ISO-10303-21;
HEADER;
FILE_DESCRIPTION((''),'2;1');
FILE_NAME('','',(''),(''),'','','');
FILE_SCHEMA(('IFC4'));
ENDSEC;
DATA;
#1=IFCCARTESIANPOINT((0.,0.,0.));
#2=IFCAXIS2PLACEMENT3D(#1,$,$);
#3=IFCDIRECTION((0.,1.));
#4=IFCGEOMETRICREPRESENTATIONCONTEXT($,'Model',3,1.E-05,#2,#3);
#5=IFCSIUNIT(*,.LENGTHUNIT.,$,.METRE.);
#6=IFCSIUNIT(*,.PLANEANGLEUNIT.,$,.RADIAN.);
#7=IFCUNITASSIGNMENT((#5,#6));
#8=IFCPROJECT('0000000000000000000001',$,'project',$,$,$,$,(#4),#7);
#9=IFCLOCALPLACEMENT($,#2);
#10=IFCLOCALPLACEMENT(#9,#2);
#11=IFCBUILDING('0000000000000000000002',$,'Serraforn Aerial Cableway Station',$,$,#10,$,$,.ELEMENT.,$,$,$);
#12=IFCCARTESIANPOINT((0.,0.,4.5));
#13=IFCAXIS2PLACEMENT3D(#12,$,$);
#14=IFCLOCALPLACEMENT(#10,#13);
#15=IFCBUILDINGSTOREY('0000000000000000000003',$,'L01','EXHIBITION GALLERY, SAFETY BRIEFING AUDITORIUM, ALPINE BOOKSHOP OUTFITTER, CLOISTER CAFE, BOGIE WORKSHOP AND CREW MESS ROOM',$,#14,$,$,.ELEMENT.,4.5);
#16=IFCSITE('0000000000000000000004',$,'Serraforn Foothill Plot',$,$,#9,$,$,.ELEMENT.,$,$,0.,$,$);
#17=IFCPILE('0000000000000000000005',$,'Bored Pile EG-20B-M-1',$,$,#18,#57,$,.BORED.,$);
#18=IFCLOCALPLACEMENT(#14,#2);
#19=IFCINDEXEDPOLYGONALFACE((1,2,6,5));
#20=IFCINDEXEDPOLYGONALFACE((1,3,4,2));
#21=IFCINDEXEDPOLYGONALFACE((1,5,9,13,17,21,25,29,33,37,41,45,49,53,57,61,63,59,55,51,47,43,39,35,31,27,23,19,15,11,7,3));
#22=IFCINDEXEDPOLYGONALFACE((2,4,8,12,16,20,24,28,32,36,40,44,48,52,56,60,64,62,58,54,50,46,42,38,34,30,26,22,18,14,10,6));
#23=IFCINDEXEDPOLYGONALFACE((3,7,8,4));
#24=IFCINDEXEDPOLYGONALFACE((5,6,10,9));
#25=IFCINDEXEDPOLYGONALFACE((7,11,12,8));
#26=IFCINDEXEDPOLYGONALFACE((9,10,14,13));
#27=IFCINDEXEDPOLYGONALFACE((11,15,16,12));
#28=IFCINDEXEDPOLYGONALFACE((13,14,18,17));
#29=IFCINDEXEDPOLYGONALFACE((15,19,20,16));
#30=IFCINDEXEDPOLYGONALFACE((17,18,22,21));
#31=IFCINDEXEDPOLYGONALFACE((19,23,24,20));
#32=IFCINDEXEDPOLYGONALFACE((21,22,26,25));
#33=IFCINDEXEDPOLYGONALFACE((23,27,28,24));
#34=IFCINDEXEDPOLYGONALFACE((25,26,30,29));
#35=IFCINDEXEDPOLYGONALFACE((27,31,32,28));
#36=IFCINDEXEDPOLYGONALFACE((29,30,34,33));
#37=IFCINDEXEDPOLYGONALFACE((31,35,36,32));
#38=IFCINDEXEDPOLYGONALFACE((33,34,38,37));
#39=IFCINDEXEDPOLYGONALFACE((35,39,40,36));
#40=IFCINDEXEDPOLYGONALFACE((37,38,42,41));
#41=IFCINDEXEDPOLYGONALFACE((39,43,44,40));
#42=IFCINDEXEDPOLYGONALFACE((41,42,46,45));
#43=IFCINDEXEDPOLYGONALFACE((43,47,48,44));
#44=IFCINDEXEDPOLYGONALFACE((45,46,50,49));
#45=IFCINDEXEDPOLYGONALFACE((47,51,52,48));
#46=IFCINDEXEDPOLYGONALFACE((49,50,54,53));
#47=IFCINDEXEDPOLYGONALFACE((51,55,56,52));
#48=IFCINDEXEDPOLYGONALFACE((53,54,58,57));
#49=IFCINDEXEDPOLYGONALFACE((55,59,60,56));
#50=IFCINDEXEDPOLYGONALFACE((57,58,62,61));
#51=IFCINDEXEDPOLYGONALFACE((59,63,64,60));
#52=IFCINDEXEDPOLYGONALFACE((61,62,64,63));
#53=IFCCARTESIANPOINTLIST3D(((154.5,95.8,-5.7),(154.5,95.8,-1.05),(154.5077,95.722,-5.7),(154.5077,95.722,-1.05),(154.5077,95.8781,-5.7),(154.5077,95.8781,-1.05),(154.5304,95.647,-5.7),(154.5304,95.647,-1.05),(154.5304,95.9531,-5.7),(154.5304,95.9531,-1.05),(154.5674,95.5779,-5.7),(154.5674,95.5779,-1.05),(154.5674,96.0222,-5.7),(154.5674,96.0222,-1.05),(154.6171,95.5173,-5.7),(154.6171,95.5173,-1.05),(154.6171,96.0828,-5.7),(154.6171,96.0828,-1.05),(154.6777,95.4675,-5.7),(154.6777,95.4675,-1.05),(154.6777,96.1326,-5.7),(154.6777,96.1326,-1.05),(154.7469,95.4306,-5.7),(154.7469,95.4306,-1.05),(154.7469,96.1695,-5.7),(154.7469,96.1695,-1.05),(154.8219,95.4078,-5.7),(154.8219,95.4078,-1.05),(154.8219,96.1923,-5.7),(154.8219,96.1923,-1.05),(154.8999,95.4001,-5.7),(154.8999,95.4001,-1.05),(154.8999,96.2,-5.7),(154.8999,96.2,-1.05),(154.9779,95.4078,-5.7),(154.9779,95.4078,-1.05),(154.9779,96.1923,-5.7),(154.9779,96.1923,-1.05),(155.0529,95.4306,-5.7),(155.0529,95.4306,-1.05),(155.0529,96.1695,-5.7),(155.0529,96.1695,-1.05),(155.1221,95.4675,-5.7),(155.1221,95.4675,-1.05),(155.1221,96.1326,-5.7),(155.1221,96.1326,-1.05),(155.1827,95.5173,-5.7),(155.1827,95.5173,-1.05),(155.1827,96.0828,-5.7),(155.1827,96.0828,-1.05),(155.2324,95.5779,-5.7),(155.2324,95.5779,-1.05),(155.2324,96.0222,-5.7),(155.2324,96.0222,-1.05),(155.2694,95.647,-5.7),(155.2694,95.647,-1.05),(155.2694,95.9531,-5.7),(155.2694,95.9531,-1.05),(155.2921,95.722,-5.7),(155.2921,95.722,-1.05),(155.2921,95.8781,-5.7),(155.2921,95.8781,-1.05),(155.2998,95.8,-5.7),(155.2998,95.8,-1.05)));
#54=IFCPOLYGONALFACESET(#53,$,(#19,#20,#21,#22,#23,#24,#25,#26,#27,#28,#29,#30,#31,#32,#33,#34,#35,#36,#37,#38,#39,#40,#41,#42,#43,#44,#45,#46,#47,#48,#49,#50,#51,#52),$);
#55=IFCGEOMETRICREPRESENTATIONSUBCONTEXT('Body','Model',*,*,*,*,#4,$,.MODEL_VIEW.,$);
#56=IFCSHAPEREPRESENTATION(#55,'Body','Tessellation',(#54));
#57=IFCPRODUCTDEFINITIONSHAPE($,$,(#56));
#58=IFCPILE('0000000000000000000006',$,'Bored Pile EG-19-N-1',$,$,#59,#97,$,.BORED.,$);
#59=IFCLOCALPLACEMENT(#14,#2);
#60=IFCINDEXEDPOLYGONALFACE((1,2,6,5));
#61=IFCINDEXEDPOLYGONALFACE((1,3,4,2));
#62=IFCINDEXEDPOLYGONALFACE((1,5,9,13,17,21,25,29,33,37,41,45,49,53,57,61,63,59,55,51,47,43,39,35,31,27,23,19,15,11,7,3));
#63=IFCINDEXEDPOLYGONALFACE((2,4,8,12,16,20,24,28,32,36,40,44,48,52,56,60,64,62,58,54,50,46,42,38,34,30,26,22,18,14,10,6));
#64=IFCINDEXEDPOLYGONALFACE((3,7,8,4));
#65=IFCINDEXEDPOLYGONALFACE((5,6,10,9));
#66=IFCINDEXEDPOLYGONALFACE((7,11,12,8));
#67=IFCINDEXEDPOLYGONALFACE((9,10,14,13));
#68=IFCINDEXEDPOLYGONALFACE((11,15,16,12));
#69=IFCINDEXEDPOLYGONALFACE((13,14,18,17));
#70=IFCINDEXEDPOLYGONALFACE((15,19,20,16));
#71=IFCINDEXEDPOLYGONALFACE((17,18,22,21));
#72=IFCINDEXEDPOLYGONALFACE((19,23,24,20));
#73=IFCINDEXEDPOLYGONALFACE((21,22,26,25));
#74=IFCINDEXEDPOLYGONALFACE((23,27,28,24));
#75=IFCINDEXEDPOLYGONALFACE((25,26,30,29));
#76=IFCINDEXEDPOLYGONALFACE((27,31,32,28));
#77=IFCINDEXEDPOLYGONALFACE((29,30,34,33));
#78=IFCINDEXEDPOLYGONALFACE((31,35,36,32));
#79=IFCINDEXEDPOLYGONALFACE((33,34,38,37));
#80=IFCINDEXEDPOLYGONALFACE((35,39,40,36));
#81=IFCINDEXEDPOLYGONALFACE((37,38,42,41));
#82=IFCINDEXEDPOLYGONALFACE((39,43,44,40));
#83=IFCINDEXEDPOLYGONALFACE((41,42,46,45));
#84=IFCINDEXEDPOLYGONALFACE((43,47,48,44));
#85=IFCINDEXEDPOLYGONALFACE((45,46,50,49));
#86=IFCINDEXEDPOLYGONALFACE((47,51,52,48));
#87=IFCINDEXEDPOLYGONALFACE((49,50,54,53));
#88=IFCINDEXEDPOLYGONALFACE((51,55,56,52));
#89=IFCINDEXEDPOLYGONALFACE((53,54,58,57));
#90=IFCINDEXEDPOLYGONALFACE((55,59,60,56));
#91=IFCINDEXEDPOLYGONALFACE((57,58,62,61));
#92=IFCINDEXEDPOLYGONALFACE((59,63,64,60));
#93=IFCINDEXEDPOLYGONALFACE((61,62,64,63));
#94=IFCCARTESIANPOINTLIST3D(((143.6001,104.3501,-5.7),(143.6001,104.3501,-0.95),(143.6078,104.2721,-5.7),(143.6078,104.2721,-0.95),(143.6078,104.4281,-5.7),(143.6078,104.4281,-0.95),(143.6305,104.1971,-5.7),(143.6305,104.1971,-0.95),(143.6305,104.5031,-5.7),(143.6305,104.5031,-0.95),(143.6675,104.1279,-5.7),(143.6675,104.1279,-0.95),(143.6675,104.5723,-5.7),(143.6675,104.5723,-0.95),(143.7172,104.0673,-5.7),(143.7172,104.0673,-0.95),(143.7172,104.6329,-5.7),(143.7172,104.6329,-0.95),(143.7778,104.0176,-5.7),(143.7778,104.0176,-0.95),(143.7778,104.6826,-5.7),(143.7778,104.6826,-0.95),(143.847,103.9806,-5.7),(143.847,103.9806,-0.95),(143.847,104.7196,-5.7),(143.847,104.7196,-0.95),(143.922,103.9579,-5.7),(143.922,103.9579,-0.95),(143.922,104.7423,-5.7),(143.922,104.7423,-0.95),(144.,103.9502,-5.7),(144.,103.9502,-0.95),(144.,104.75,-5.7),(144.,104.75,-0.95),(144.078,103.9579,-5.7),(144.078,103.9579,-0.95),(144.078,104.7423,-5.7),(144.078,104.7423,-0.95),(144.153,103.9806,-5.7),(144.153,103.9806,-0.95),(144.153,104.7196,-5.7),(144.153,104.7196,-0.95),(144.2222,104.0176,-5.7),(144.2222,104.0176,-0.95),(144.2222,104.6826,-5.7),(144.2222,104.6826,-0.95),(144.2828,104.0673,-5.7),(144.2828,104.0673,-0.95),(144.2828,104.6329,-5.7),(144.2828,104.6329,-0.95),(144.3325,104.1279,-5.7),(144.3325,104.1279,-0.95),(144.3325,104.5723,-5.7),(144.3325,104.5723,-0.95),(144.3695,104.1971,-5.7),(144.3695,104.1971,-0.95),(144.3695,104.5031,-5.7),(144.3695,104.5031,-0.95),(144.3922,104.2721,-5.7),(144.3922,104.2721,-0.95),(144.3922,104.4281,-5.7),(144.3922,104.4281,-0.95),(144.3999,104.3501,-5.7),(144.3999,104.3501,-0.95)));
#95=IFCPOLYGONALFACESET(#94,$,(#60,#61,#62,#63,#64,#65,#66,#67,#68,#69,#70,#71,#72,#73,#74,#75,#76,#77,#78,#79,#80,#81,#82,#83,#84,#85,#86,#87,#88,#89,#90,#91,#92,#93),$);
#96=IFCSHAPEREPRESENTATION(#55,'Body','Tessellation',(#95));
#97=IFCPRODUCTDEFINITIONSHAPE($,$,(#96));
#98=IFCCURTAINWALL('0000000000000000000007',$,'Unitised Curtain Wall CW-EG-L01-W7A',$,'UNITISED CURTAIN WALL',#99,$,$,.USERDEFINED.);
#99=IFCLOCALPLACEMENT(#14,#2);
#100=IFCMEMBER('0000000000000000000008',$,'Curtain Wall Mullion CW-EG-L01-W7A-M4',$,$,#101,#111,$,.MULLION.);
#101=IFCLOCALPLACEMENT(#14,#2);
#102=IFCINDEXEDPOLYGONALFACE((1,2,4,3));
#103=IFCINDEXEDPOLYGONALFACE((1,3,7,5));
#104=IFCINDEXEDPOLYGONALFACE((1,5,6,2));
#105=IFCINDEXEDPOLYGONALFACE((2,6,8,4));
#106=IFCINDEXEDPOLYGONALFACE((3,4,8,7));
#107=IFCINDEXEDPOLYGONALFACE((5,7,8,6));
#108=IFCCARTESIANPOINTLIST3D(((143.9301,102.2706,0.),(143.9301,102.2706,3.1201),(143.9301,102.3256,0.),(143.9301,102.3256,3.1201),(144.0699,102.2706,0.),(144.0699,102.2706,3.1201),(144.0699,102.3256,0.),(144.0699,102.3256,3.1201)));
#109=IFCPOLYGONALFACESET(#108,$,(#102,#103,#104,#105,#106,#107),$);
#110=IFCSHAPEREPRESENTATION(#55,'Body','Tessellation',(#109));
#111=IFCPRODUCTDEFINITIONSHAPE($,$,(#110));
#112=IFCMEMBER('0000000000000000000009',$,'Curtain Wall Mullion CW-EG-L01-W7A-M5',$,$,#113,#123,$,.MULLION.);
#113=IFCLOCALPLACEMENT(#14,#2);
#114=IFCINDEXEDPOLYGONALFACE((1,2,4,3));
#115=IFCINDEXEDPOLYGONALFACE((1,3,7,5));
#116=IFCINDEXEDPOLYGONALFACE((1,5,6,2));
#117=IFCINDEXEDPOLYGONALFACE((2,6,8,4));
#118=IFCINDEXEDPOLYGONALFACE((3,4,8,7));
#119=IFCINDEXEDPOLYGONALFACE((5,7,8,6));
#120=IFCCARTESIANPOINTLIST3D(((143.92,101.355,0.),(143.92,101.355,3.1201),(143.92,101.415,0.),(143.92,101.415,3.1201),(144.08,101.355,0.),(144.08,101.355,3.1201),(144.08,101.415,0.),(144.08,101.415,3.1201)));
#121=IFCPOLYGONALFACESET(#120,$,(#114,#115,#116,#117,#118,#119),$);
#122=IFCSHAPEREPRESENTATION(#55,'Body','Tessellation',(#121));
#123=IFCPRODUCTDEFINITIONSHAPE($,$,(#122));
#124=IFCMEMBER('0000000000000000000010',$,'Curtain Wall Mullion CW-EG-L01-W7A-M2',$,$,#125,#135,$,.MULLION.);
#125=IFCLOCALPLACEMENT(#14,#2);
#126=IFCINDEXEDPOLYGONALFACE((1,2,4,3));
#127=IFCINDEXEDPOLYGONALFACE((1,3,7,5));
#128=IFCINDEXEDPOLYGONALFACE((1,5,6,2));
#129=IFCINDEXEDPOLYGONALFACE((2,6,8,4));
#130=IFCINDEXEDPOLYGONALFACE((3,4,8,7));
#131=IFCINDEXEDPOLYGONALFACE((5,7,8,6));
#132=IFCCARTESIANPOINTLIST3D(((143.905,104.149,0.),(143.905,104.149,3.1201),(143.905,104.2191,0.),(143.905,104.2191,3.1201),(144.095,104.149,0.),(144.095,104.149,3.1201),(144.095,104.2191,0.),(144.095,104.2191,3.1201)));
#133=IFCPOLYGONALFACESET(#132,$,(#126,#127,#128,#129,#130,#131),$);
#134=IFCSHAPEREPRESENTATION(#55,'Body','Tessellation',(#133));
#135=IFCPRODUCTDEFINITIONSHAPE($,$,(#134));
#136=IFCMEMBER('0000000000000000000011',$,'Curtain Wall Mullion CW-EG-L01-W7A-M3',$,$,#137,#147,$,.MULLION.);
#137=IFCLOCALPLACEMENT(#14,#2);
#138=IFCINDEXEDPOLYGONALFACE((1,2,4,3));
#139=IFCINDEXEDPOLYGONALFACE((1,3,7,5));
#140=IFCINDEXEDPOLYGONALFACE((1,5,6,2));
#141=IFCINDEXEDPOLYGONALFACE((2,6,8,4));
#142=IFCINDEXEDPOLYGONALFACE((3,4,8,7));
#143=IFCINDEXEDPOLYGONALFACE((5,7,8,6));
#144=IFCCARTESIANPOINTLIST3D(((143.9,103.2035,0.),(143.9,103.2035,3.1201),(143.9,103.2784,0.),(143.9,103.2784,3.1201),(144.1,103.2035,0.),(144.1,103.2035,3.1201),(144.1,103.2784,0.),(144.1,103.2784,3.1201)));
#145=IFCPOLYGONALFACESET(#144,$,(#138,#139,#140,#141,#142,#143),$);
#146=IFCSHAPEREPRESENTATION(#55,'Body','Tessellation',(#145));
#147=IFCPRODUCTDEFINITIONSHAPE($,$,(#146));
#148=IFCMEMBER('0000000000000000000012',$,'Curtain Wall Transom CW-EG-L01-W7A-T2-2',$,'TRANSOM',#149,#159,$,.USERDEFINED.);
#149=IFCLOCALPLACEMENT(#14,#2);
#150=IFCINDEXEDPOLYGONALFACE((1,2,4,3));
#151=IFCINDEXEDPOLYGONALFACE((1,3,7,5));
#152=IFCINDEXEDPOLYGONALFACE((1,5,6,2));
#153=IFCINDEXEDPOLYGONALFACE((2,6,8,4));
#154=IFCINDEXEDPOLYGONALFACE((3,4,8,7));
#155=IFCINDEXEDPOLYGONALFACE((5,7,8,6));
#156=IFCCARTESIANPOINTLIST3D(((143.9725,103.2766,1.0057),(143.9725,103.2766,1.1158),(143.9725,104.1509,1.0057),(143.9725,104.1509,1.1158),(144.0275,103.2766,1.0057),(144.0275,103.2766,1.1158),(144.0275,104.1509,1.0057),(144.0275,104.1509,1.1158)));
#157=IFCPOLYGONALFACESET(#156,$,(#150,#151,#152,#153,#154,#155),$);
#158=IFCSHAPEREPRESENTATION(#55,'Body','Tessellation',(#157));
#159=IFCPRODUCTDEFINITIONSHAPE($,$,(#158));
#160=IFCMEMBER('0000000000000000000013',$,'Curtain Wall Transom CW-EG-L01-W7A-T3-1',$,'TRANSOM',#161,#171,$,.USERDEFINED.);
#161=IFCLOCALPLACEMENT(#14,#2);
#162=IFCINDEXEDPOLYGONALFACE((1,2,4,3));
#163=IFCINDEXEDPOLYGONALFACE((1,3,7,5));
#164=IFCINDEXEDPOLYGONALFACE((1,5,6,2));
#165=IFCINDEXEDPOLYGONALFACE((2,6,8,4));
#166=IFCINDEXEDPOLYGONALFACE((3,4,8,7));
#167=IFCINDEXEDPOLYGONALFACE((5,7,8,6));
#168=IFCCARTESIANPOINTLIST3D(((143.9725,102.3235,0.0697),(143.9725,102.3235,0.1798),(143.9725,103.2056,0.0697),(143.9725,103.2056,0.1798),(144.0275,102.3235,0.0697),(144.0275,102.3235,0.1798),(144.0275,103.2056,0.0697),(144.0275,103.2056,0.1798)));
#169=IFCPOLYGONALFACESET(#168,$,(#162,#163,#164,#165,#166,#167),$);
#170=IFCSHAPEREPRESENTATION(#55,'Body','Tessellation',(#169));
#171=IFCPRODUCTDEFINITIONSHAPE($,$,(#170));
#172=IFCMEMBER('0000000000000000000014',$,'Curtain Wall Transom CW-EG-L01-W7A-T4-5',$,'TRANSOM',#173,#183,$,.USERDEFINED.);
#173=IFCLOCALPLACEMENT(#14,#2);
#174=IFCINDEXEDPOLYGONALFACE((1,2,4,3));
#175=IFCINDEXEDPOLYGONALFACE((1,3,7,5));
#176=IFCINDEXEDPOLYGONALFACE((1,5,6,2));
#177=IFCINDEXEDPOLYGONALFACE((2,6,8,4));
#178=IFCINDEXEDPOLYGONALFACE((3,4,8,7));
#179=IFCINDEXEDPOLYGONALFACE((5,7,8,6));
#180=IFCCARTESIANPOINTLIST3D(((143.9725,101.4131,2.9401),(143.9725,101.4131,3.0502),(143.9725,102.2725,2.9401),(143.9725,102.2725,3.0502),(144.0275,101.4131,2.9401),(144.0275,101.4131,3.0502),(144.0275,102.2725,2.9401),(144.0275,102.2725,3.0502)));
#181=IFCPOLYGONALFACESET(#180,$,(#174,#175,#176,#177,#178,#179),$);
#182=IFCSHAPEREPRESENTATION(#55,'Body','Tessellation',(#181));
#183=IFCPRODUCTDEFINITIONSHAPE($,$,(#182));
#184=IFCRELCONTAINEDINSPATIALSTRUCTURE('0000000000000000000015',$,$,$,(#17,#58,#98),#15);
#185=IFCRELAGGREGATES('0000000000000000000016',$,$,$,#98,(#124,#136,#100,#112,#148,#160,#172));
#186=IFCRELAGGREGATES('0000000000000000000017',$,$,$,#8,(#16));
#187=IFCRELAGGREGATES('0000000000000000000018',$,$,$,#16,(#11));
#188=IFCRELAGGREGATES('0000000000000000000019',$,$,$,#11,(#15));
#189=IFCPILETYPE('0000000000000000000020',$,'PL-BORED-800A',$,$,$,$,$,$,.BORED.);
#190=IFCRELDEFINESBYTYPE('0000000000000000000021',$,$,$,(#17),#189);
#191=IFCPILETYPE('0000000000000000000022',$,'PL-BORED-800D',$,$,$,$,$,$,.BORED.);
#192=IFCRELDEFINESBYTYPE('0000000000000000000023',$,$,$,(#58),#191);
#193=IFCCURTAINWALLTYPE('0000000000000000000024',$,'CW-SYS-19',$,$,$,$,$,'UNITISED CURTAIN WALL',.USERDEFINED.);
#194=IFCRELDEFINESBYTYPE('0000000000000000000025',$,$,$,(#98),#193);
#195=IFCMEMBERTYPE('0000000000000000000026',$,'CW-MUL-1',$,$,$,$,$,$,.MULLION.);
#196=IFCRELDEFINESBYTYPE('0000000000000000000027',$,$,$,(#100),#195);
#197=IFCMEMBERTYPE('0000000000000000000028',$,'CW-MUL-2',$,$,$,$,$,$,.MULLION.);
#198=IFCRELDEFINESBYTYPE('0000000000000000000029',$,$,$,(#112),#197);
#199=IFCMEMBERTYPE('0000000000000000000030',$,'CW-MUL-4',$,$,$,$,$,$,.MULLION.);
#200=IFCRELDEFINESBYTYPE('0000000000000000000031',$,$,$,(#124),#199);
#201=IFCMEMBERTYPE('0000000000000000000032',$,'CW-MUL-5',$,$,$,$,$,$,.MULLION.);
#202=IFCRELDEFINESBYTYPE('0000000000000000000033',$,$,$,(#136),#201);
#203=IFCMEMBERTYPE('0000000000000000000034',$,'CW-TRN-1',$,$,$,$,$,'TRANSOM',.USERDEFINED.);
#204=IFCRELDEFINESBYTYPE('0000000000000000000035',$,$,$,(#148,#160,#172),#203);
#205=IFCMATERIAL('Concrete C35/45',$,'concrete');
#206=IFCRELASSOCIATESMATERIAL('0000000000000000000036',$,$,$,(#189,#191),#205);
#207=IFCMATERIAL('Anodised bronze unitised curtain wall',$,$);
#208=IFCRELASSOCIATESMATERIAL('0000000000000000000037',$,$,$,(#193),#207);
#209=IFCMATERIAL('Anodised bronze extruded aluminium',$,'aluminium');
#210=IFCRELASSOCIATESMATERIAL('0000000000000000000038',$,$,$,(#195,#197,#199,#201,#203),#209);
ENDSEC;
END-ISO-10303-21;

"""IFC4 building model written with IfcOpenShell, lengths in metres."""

from ifc_helpers import new_model, si_unit, direction, frame, origin, origin_2d, place, context, subcontext, project, spatial, rectangle, circle, extrude, material, material_profile, profile_set, type_object, element, aggregate, save


model = new_model("IFC4")

# Units and contexts
model_context = context("Model", 3, precision=1e-05, world=origin(), true_north=direction((0.0, 1.0)))
body_context = subcontext(model_context, "Body", "Model", "MODEL_VIEW")
ifc_project = project(units=[si_unit("LENGTHUNIT", "METRE"), si_unit("PLANEANGLEUNIT", "RADIAN")], contexts=[model_context])

# Site, building, storey
site_placement = place(None, origin())
site = spatial("IfcSite", under=ifc_project, at=site_placement, Name="Serraforn Foothill Plot", CompositionType="ELEMENT", RefElevation=0.0)
building_placement = place(site_placement, origin())
building = spatial("IfcBuilding", under=site, at=building_placement, Name="Serraforn Aerial Cableway Station", CompositionType="ELEMENT")
storey_placement = place(building_placement, frame((0.0, 0.0, 4.5)))
storey = spatial("IfcBuildingStorey", under=building, at=storey_placement, Name="L01", Description="EXHIBITION GALLERY, SAFETY BRIEFING AUDITORIUM, ALPINE BOOKSHOP OUTFITTER, CLOISTER CAFE, BOGIE WORKSHOP AND CREW MESS ROOM", CompositionType="ELEMENT", Elevation=4.5)

# Piles
ifc_material_1 = material(Name="Concrete C35/45", Category="concrete")
ifc_material_profile_1 = material_profile(ifc_material_1, circle(Radius=0.3999, at=origin_2d()), Name="BORED PILE D800")
ifc_profile_set_1 = profile_set([ifc_material_profile_1], Name="Concrete C35/45")
pile_type_1 = type_object("IfcPileType", Name="PL-BORED-800A", PredefinedType="BORED", material=ifc_profile_set_1)
pile_1_placement = place(storey_placement, frame((154.8999, 95.8, -1.05), z_axis=(0.0, 0.0, -1.0), x_axis=(1.0, 0.0, 0.0)))
element("IfcPile", 1, at=pile_1_placement, inside=storey, type_object=pile_type_1, Name="Bored Pile EG-20B-M-1", PredefinedType="BORED", context=body_context, shape_type="SweptSolid", body=[
    extrude(circle(Radius=0.3999, at=origin_2d()), origin(), (0.0, 0.0, 1.0), 4.6499),
])
ifc_material_profile_2 = material_profile(ifc_material_1, circle(Radius=0.3999, at=origin_2d()), Name="BORED PILE D800")
ifc_profile_set_2 = profile_set([ifc_material_profile_2], Name="Concrete C35/45")
pile_type_2 = type_object("IfcPileType", Name="PL-BORED-800D", PredefinedType="BORED", material=ifc_profile_set_2)
pile_2_placement = place(storey_placement, frame((144.0, 104.3501, -0.95), z_axis=(0.0, 0.0, -1.0), x_axis=(1.0, 0.0, 0.0)))
element("IfcPile", 2, at=pile_2_placement, inside=storey, type_object=pile_type_2, Name="Bored Pile EG-19-N-1", PredefinedType="BORED", context=body_context, shape_type="SweptSolid", body=[
    extrude(circle(Radius=0.3999, at=origin_2d()), origin(), (0.0, 0.0, 1.0), 4.75),
])

# Curtain wall, members
ifc_material_2 = material(Name="Anodised bronze unitised curtain wall")
curtain_wall_type = type_object("IfcCurtainWallType", Name="CW-SYS-19", ElementType="UNITISED CURTAIN WALL", PredefinedType="USERDEFINED", material=ifc_material_2)
curtain_wall_placement = place(storey_placement, origin())
curtain_wall = element("IfcCurtainWall", 3, at=curtain_wall_placement, inside=storey, type_object=curtain_wall_type, Name="Unitised Curtain Wall CW-EG-L01-W7A", ObjectType="UNITISED CURTAIN WALL", PredefinedType="USERDEFINED")
ifc_material_3 = material(Name="Anodised bronze extruded aluminium", Category="aluminium")
ifc_material_profile_3 = material_profile(ifc_material_3, rectangle(XDim=0.0549, YDim=0.1399, at=origin_2d()), Name="CW MULLION 55x140")
ifc_profile_set_3 = profile_set([ifc_material_profile_3], Name="Anodised bronze extruded aluminium")
member_type_1 = type_object("IfcMemberType", Name="CW-MUL-1", PredefinedType="MULLION", material=ifc_profile_set_3)
member_1_placement = place(storey_placement, frame((144.0, 102.2981, 0.0), z_axis=(0.0, 0.0, 1.0), x_axis=(0.0, -1.0, 0.0)))
member_1 = element("IfcMember", 4, at=member_1_placement, type_object=member_type_1, Name="Curtain Wall Mullion CW-EG-L01-W7A-M4", PredefinedType="MULLION", context=body_context, shape_type="SweptSolid", body=[
    extrude(rectangle(XDim=0.0549, YDim=0.1399, at=origin_2d()), origin(), (0.0, 0.0, 1.0), 3.1201),
])
ifc_material_profile_4 = material_profile(ifc_material_3, rectangle(XDim=0.0601, YDim=0.1599, at=origin_2d()), Name="CW MULLION 60x160")
ifc_profile_set_4 = profile_set([ifc_material_profile_4], Name="Anodised bronze extruded aluminium")
member_type_2 = type_object("IfcMemberType", Name="CW-MUL-2", PredefinedType="MULLION", material=ifc_profile_set_4)
member_2_placement = place(storey_placement, frame((144.0, 101.385, 0.0), z_axis=(0.0, 0.0, 1.0), x_axis=(0.0, -1.0, 0.0)))
member_2 = element("IfcMember", 5, at=member_2_placement, type_object=member_type_2, Name="Curtain Wall Mullion CW-EG-L01-W7A-M5", PredefinedType="MULLION", context=body_context, shape_type="SweptSolid", body=[
    extrude(rectangle(XDim=0.0601, YDim=0.1599, at=origin_2d()), origin(), (0.0, 0.0, 1.0), 3.1201),
])
ifc_material_profile_5 = material_profile(ifc_material_3, rectangle(XDim=0.0701, YDim=0.1899, at=origin_2d()), Name="CW MULLION 70x190")
ifc_profile_set_5 = profile_set([ifc_material_profile_5], Name="Anodised bronze extruded aluminium")
member_type_3 = type_object("IfcMemberType", Name="CW-MUL-4", PredefinedType="MULLION", material=ifc_profile_set_5)
member_3_placement = place(storey_placement, frame((144.0, 104.1841, 0.0), z_axis=(0.0, 0.0, 1.0), x_axis=(0.0, -1.0, 0.0)))
member_3 = element("IfcMember", 6, at=member_3_placement, type_object=member_type_3, Name="Curtain Wall Mullion CW-EG-L01-W7A-M2", PredefinedType="MULLION", context=body_context, shape_type="SweptSolid", body=[
    extrude(rectangle(XDim=0.0701, YDim=0.1899, at=origin_2d()), origin(), (0.0, 0.0, 1.0), 3.1201),
])
ifc_material_profile_6 = material_profile(ifc_material_3, rectangle(XDim=0.075, YDim=0.2, at=origin_2d()), Name="CW MULLION 75x200")
ifc_profile_set_6 = profile_set([ifc_material_profile_6], Name="Anodised bronze extruded aluminium")
member_type_4 = type_object("IfcMemberType", Name="CW-MUL-5", PredefinedType="MULLION", material=ifc_profile_set_6)
member_4_placement = place(storey_placement, frame((144.0, 103.241, 0.0), z_axis=(0.0, 0.0, 1.0), x_axis=(0.0, -1.0, 0.0)))
member_4 = element("IfcMember", 7, at=member_4_placement, type_object=member_type_4, Name="Curtain Wall Mullion CW-EG-L01-W7A-M3", PredefinedType="MULLION", context=body_context, shape_type="SweptSolid", body=[
    extrude(rectangle(XDim=0.075, YDim=0.2, at=origin_2d()), origin(), (0.0, 0.0, 1.0), 3.1201),
])
ifc_material_profile_7 = material_profile(ifc_material_3, rectangle(XDim=0.0549, YDim=0.1101, at=origin_2d()), Name="CW TRANSOM 55x110")
ifc_profile_set_7 = profile_set([ifc_material_profile_7], Name="Anodised bronze extruded aluminium")
member_type_5 = type_object("IfcMemberType", Name="CW-TRN-1", ElementType="TRANSOM", PredefinedType="USERDEFINED", material=ifc_profile_set_7)
member_5_placement = place(storey_placement, frame((144.0, 104.1509, 1.0608), z_axis=(0.0, -1.0, 0.0), x_axis=(1.0, 0.0, 0.0)))
member_5 = element("IfcMember", 8, at=member_5_placement, type_object=member_type_5, Name="Curtain Wall Transom CW-EG-L01-W7A-T2-2", ObjectType="TRANSOM", PredefinedType="USERDEFINED", context=body_context, shape_type="SweptSolid", body=[
    extrude(rectangle(XDim=0.0549, YDim=0.1101, at=origin_2d()), origin(), (0.0, 0.0, 1.0), 0.8743),
])
member_6_placement = place(storey_placement, frame((144.0, 103.2056, 0.1248), z_axis=(0.0, -1.0, 0.0), x_axis=(1.0, 0.0, 0.0)))
member_6 = element("IfcMember", 9, at=member_6_placement, type_object=member_type_5, Name="Curtain Wall Transom CW-EG-L01-W7A-T3-1", ObjectType="TRANSOM", PredefinedType="USERDEFINED", context=body_context, shape_type="SweptSolid", body=[
    extrude(rectangle(XDim=0.0549, YDim=0.1101, at=origin_2d()), origin(), (0.0, 0.0, 1.0), 0.8821),
])
member_7_placement = place(storey_placement, frame((144.0, 102.2725, 2.9951), z_axis=(0.0, -1.0, 0.0), x_axis=(1.0, 0.0, 0.0)))
member_7 = element("IfcMember", 10, at=member_7_placement, type_object=member_type_5, Name="Curtain Wall Transom CW-EG-L01-W7A-T4-5", ObjectType="TRANSOM", PredefinedType="USERDEFINED", context=body_context, shape_type="SweptSolid", body=[
    extrude(rectangle(XDim=0.0549, YDim=0.1101, at=origin_2d()), origin(), (0.0, 0.0, 1.0), 0.8594),
])
aggregate(curtain_wall, [member_3, member_4, member_1, member_2, member_5, member_6, member_7])

save(model, "model.ifc")
